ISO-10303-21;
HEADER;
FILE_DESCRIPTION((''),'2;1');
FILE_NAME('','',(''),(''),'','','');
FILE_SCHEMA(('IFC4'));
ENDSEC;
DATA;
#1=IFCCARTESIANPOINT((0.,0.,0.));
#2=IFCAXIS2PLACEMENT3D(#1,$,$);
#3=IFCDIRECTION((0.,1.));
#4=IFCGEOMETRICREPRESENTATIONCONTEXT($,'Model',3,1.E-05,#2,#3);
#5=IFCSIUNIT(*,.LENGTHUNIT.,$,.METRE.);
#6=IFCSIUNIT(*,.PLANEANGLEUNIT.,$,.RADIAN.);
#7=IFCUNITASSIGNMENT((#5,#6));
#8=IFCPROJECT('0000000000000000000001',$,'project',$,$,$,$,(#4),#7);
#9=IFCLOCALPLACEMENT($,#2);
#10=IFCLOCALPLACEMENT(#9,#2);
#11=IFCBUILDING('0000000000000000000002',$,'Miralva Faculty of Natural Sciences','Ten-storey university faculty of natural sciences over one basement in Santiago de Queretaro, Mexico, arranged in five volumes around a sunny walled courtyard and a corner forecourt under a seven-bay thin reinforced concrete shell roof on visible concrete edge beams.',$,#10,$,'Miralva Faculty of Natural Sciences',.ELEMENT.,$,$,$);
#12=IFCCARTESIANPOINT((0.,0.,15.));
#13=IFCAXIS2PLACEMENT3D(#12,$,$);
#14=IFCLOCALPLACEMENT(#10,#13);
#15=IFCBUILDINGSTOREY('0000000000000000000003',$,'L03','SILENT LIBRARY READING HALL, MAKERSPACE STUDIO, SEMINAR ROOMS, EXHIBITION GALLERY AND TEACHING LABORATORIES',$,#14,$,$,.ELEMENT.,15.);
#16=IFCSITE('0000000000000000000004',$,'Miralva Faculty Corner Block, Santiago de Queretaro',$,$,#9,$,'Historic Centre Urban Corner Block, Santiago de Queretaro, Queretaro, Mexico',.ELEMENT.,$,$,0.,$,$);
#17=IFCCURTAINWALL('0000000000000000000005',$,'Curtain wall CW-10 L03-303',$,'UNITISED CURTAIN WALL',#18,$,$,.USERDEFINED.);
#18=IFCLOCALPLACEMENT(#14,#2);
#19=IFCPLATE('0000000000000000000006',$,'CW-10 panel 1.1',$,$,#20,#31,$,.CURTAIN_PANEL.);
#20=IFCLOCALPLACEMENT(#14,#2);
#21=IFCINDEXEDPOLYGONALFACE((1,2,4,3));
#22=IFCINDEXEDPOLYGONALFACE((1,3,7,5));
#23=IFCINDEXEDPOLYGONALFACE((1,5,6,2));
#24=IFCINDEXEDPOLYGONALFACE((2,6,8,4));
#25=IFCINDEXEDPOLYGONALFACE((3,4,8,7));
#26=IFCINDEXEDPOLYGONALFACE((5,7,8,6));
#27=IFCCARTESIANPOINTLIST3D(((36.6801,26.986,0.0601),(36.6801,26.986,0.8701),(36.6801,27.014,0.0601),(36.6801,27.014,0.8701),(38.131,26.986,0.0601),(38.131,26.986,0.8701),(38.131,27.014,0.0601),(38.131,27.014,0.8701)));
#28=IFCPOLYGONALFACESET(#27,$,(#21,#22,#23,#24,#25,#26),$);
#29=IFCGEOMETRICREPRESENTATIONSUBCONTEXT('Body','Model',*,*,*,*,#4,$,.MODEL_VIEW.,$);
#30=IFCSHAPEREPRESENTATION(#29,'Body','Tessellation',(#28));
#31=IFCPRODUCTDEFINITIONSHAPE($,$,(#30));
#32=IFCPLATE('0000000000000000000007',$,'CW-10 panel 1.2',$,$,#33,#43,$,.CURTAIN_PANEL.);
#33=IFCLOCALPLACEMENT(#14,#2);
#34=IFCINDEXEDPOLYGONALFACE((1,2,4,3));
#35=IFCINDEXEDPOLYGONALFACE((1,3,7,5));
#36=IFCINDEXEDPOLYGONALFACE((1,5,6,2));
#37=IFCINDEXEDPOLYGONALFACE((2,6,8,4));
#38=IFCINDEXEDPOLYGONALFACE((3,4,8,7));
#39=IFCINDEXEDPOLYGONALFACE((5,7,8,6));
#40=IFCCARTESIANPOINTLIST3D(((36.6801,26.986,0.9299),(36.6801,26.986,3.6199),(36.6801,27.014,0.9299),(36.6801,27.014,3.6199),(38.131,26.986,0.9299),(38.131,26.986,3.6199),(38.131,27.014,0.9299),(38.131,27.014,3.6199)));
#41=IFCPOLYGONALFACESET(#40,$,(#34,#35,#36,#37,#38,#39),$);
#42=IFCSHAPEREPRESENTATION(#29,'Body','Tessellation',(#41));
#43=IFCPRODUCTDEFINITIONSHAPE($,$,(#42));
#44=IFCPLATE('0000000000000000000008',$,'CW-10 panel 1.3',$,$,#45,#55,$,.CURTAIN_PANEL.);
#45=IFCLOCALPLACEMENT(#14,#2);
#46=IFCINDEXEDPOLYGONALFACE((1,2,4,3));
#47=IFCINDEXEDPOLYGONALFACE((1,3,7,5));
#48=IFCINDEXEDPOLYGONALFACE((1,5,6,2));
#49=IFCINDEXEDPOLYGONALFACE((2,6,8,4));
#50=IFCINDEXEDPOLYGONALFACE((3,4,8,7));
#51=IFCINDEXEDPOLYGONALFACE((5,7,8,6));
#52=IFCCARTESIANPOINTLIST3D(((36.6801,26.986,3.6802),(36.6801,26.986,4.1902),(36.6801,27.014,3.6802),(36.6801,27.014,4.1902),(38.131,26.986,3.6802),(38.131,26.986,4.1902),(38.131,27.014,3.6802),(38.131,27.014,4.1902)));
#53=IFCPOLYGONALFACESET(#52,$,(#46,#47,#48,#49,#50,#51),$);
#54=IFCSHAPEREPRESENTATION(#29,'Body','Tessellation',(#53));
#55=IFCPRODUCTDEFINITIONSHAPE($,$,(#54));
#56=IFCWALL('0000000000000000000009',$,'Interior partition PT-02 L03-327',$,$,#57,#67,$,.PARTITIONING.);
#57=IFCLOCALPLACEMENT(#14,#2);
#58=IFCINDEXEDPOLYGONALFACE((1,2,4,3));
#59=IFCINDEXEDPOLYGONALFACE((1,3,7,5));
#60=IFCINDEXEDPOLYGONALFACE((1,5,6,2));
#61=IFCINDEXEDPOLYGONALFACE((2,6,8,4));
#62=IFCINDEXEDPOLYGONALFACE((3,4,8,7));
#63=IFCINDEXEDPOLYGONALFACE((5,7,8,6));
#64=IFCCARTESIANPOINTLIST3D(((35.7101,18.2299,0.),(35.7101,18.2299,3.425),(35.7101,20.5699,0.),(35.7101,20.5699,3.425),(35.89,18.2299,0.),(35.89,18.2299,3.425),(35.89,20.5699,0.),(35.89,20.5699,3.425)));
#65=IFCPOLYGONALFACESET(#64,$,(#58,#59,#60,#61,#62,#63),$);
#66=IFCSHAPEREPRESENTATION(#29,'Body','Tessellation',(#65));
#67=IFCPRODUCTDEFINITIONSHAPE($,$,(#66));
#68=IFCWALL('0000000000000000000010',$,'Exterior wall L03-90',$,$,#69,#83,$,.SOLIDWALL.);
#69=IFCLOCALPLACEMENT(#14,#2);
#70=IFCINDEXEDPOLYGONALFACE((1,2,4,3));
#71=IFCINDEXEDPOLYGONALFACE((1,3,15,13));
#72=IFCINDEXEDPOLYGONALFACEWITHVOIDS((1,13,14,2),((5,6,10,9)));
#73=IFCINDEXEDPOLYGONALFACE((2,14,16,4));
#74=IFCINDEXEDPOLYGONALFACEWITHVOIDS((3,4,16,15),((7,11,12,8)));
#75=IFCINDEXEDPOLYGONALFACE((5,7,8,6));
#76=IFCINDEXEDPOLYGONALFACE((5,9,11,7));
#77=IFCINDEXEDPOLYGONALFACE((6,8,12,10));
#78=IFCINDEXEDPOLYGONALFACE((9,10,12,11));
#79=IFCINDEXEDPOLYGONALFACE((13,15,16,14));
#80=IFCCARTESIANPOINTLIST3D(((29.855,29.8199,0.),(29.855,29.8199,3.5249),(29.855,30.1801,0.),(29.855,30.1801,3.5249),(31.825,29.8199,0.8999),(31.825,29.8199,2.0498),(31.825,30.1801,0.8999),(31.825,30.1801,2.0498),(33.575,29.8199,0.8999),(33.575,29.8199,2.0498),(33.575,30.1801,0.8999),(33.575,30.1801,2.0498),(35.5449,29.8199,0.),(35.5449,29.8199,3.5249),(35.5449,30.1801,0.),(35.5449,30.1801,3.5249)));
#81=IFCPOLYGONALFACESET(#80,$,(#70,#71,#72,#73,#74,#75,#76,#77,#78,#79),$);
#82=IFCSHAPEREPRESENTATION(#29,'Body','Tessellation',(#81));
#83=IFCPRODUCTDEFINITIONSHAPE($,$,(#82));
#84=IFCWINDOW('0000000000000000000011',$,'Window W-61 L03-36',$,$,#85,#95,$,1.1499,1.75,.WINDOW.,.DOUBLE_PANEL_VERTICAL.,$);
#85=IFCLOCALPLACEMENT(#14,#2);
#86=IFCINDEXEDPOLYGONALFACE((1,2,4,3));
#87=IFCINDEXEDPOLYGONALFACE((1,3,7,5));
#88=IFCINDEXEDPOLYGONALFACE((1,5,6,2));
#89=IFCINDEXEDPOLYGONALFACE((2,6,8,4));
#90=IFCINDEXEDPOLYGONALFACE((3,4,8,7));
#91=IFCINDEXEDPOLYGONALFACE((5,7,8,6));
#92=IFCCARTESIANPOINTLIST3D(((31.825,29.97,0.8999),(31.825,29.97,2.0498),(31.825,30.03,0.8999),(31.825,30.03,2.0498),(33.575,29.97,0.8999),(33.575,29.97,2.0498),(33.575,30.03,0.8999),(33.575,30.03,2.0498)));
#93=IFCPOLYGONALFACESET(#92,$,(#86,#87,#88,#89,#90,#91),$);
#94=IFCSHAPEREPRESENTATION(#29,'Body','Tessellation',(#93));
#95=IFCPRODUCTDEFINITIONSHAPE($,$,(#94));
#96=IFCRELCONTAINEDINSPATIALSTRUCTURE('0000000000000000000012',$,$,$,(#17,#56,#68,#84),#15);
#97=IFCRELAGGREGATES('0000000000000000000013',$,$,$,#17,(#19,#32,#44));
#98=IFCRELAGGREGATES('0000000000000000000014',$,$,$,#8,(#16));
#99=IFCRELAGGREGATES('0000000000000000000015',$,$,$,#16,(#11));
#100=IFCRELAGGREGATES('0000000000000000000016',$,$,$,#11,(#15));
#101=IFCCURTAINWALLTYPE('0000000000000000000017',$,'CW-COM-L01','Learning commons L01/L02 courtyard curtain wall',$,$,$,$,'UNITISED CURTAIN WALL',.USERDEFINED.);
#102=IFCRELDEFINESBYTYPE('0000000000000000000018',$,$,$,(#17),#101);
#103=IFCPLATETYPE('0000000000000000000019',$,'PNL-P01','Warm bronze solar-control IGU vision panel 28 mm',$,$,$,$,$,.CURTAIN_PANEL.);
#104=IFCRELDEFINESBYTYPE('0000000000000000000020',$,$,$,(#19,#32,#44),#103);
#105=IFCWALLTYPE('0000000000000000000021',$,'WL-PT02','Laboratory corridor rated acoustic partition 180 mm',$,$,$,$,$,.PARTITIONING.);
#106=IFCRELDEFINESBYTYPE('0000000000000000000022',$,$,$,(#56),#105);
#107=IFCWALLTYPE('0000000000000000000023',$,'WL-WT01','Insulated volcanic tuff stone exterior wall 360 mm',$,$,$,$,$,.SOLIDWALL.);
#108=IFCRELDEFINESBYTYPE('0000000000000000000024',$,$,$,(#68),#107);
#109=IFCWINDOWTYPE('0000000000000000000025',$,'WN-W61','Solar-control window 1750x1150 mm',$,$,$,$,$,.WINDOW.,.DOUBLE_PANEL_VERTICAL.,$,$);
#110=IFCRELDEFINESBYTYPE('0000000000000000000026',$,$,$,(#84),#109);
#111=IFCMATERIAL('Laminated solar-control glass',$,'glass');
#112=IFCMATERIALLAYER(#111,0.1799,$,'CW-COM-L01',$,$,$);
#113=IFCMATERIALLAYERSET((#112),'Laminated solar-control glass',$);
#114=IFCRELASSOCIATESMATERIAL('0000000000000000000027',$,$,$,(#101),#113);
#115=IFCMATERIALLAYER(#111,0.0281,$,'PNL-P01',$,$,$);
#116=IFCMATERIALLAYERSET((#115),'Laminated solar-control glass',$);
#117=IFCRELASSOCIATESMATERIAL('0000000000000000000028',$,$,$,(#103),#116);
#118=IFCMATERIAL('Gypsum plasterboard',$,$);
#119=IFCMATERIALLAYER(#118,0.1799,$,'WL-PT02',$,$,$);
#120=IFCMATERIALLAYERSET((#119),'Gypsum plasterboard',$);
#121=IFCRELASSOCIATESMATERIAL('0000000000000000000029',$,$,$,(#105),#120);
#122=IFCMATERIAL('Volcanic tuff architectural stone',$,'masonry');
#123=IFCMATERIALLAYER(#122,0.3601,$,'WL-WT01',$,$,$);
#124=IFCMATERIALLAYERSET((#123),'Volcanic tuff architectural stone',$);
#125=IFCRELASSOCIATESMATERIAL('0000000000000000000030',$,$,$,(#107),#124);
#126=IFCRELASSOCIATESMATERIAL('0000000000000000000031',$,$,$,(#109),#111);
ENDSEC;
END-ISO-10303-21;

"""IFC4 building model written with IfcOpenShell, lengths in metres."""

from ifc_helpers import new_model, si_unit, direction, frame, frame_2d, origin, origin_2d, place, context, subcontext, project, spatial, rectangle, extrude, material, layer, layer_set, type_object, element, fill, aggregate, save


model = new_model("IFC4")

# Units and contexts
model_context = context("Model", 3, precision=1e-05, world=origin(), true_north=direction((0.0, 1.0)))
body_context = subcontext(model_context, "Body", "Model", "MODEL_VIEW")
ifc_project = project(units=[si_unit("LENGTHUNIT", "METRE"), si_unit("PLANEANGLEUNIT", "RADIAN")], contexts=[model_context])

# Site, building, storey
site_placement = place(None, origin())
site = spatial("IfcSite", under=ifc_project, at=site_placement, Name="Miralva Faculty Corner Block, Santiago de Queretaro", LongName="Historic Centre Urban Corner Block, Santiago de Queretaro, Queretaro, Mexico", CompositionType="ELEMENT", RefElevation=0.0)
building_placement = place(site_placement, origin())
building = spatial("IfcBuilding", under=site, at=building_placement, Name="Miralva Faculty of Natural Sciences", Description="Ten-storey university faculty of natural sciences over one basement in Santiago de Queretaro, Mexico, arranged in five volumes around a sunny walled courtyard and a corner forecourt under a seven-bay thin reinforced concrete shell roof on visible concrete edge beams.", LongName="Miralva Faculty of Natural Sciences", CompositionType="ELEMENT")
storey_placement = place(building_placement, frame((0.0, 0.0, 15.0)))
storey = spatial("IfcBuildingStorey", under=building, at=storey_placement, Name="L03", Description="SILENT LIBRARY READING HALL, MAKERSPACE STUDIO, SEMINAR ROOMS, EXHIBITION GALLERY AND TEACHING LABORATORIES", CompositionType="ELEMENT", Elevation=15.0)

# Curtain wall, plates
ifc_material_1 = material(Name="Laminated solar-control glass", Category="glass")
ifc_layer_1 = layer(ifc_material_1, 0.1799, Name="CW-COM-L01")
ifc_layer_set_1 = layer_set([ifc_layer_1], Name="Laminated solar-control glass")
curtain_wall_type = type_object("IfcCurtainWallType", Name="CW-COM-L01", Description="Learning commons L01/L02 courtyard curtain wall", ElementType="UNITISED CURTAIN WALL", PredefinedType="USERDEFINED", material=ifc_layer_set_1)
curtain_wall_placement = place(storey_placement, origin())
curtain_wall = element("IfcCurtainWall", 1, at=curtain_wall_placement, inside=storey, type_object=curtain_wall_type, Name="Curtain wall CW-10 L03-303", ObjectType="UNITISED CURTAIN WALL", PredefinedType="USERDEFINED")
ifc_layer_2 = layer(ifc_material_1, 0.0281, Name="PNL-P01")
ifc_layer_set_2 = layer_set([ifc_layer_2], Name="Laminated solar-control glass")
plate_type = type_object("IfcPlateType", Name="PNL-P01", Description="Warm bronze solar-control IGU vision panel 28 mm", PredefinedType="CURTAIN_PANEL", material=ifc_layer_set_2)
plate_1_placement = place(storey_placement, frame((37.4055, 27.0, 0.0601), z_axis=(0.0, 0.0, 1.0), x_axis=(1.0, 0.0, 0.0)))
plate_1 = element("IfcPlate", 2, at=plate_1_placement, type_object=plate_type, Name="CW-10 panel 1.1", PredefinedType="CURTAIN_PANEL", context=body_context, shape_type="SweptSolid", body=[
    extrude(rectangle(XDim=1.4509, YDim=0.0281, at=origin_2d()), origin(), (0.0, 0.0, 1.0), 0.8101),
])
plate_2_placement = place(storey_placement, frame((37.4055, 27.0, 0.9299), z_axis=(0.0, 0.0, 1.0), x_axis=(1.0, 0.0, 0.0)))
plate_2 = element("IfcPlate", 3, at=plate_2_placement, type_object=plate_type, Name="CW-10 panel 1.2", PredefinedType="CURTAIN_PANEL", context=body_context, shape_type="SweptSolid", body=[
    extrude(rectangle(XDim=1.4509, YDim=0.0281, at=origin_2d()), origin(), (0.0, 0.0, 1.0), 2.6899),
])
plate_3_placement = place(storey_placement, frame((37.4055, 27.0, 3.6802), z_axis=(0.0, 0.0, 1.0), x_axis=(1.0, 0.0, 0.0)))
plate_3 = element("IfcPlate", 4, at=plate_3_placement, type_object=plate_type, Name="CW-10 panel 1.3", PredefinedType="CURTAIN_PANEL", context=body_context, shape_type="SweptSolid", body=[
    extrude(rectangle(XDim=1.4509, YDim=0.0281, at=origin_2d()), origin(), (0.0, 0.0, 1.0), 0.51),
])
aggregate(curtain_wall, [plate_1, plate_2, plate_3])

# Wall
ifc_material_2 = material(Name="Gypsum plasterboard")
ifc_layer_3 = layer(ifc_material_2, 0.1799, Name="WL-PT02")
ifc_layer_set_3 = layer_set([ifc_layer_3], Name="Gypsum plasterboard")
wall_type_1 = type_object("IfcWallType", Name="WL-PT02", Description="Laboratory corridor rated acoustic partition 180 mm", PredefinedType="PARTITIONING", material=ifc_layer_set_3)
wall_1_placement = place(storey_placement, frame((35.8, 18.23, 0.0), z_axis=(0.0, 0.0, 1.0), x_axis=(0.0, 1.0, 0.0)))
element("IfcWall", 5, at=wall_1_placement, inside=storey, type_object=wall_type_1, Name="Interior partition PT-02 L03-327", PredefinedType="PARTITIONING", context=body_context, shape_type="SweptSolid", body=[
    extrude(rectangle(XDim=2.3401, YDim=0.1799, at=frame_2d((1.1699, 0.0))), origin(), (0.0, 0.0, 1.0), 3.425),
])

# Wall, opening, window
ifc_material_3 = material(Name="Volcanic tuff architectural stone", Category="masonry")
ifc_layer_4 = layer(ifc_material_3, 0.3601, Name="WL-WT01")
ifc_layer_set_4 = layer_set([ifc_layer_4], Name="Volcanic tuff architectural stone")
wall_type_2 = type_object("IfcWallType", Name="WL-WT01", Description="Insulated volcanic tuff stone exterior wall 360 mm", PredefinedType="SOLIDWALL", material=ifc_layer_set_4)
wall_2_placement = place(storey_placement, frame((29.855, 30.0, 0.0), z_axis=(0.0, 0.0, 1.0), x_axis=(1.0, 0.0, 0.0)))
wall_2 = element("IfcWall", 6, at=wall_2_placement, inside=storey, type_object=wall_type_2, Name="Exterior wall L03-90", PredefinedType="SOLIDWALL", context=body_context, shape_type="SweptSolid", body=[
    extrude(rectangle(XDim=5.6899, YDim=0.3601, at=frame_2d((2.845, 0.0))), origin(), (0.0, 0.0, 1.0), 3.5249),
])
opening_placement = place(wall_2_placement, frame((1.97, 0.0, 0.8999)))
opening = element("IfcOpeningElement", 7, at=opening_placement, cuts=wall_2, PredefinedType="OPENING", context=body_context, shape_type="SweptSolid", body=[
    extrude(rectangle(XDim=1.75, YDim=1.1499, at=frame_2d((0.875, 0.575))), frame((0.0, 0.1899, 0.0), z_axis=(0.0, -1.0, 0.0), x_axis=(1.0, 0.0, 0.0)), (0.0, 0.0, 1.0), 0.3801),
])
window_type = type_object("IfcWindowType", Name="WN-W61", Description="Solar-control window 1750x1150 mm", PartitioningType="DOUBLE_PANEL_VERTICAL", PredefinedType="WINDOW", material=ifc_material_1)
window_placement = place(opening_placement, origin())
window = element("IfcWindow", 8, at=window_placement, inside=storey, type_object=window_type, Name="Window W-61 L03-36", OverallHeight=1.1499, OverallWidth=1.75, PartitioningType="DOUBLE_PANEL_VERTICAL", PredefinedType="WINDOW", context=body_context, shape_type="SweptSolid", body=[
    extrude(rectangle(XDim=1.75, YDim=1.1499, at=frame_2d((0.875, 0.575))), frame((0.0, 0.03, 0.0), z_axis=(0.0, -1.0, 0.0), x_axis=(1.0, 0.0, 0.0)), (0.0, 0.0, 1.0), 0.0601),
])
fill(opening, window)

save(model, "model.ifc")
